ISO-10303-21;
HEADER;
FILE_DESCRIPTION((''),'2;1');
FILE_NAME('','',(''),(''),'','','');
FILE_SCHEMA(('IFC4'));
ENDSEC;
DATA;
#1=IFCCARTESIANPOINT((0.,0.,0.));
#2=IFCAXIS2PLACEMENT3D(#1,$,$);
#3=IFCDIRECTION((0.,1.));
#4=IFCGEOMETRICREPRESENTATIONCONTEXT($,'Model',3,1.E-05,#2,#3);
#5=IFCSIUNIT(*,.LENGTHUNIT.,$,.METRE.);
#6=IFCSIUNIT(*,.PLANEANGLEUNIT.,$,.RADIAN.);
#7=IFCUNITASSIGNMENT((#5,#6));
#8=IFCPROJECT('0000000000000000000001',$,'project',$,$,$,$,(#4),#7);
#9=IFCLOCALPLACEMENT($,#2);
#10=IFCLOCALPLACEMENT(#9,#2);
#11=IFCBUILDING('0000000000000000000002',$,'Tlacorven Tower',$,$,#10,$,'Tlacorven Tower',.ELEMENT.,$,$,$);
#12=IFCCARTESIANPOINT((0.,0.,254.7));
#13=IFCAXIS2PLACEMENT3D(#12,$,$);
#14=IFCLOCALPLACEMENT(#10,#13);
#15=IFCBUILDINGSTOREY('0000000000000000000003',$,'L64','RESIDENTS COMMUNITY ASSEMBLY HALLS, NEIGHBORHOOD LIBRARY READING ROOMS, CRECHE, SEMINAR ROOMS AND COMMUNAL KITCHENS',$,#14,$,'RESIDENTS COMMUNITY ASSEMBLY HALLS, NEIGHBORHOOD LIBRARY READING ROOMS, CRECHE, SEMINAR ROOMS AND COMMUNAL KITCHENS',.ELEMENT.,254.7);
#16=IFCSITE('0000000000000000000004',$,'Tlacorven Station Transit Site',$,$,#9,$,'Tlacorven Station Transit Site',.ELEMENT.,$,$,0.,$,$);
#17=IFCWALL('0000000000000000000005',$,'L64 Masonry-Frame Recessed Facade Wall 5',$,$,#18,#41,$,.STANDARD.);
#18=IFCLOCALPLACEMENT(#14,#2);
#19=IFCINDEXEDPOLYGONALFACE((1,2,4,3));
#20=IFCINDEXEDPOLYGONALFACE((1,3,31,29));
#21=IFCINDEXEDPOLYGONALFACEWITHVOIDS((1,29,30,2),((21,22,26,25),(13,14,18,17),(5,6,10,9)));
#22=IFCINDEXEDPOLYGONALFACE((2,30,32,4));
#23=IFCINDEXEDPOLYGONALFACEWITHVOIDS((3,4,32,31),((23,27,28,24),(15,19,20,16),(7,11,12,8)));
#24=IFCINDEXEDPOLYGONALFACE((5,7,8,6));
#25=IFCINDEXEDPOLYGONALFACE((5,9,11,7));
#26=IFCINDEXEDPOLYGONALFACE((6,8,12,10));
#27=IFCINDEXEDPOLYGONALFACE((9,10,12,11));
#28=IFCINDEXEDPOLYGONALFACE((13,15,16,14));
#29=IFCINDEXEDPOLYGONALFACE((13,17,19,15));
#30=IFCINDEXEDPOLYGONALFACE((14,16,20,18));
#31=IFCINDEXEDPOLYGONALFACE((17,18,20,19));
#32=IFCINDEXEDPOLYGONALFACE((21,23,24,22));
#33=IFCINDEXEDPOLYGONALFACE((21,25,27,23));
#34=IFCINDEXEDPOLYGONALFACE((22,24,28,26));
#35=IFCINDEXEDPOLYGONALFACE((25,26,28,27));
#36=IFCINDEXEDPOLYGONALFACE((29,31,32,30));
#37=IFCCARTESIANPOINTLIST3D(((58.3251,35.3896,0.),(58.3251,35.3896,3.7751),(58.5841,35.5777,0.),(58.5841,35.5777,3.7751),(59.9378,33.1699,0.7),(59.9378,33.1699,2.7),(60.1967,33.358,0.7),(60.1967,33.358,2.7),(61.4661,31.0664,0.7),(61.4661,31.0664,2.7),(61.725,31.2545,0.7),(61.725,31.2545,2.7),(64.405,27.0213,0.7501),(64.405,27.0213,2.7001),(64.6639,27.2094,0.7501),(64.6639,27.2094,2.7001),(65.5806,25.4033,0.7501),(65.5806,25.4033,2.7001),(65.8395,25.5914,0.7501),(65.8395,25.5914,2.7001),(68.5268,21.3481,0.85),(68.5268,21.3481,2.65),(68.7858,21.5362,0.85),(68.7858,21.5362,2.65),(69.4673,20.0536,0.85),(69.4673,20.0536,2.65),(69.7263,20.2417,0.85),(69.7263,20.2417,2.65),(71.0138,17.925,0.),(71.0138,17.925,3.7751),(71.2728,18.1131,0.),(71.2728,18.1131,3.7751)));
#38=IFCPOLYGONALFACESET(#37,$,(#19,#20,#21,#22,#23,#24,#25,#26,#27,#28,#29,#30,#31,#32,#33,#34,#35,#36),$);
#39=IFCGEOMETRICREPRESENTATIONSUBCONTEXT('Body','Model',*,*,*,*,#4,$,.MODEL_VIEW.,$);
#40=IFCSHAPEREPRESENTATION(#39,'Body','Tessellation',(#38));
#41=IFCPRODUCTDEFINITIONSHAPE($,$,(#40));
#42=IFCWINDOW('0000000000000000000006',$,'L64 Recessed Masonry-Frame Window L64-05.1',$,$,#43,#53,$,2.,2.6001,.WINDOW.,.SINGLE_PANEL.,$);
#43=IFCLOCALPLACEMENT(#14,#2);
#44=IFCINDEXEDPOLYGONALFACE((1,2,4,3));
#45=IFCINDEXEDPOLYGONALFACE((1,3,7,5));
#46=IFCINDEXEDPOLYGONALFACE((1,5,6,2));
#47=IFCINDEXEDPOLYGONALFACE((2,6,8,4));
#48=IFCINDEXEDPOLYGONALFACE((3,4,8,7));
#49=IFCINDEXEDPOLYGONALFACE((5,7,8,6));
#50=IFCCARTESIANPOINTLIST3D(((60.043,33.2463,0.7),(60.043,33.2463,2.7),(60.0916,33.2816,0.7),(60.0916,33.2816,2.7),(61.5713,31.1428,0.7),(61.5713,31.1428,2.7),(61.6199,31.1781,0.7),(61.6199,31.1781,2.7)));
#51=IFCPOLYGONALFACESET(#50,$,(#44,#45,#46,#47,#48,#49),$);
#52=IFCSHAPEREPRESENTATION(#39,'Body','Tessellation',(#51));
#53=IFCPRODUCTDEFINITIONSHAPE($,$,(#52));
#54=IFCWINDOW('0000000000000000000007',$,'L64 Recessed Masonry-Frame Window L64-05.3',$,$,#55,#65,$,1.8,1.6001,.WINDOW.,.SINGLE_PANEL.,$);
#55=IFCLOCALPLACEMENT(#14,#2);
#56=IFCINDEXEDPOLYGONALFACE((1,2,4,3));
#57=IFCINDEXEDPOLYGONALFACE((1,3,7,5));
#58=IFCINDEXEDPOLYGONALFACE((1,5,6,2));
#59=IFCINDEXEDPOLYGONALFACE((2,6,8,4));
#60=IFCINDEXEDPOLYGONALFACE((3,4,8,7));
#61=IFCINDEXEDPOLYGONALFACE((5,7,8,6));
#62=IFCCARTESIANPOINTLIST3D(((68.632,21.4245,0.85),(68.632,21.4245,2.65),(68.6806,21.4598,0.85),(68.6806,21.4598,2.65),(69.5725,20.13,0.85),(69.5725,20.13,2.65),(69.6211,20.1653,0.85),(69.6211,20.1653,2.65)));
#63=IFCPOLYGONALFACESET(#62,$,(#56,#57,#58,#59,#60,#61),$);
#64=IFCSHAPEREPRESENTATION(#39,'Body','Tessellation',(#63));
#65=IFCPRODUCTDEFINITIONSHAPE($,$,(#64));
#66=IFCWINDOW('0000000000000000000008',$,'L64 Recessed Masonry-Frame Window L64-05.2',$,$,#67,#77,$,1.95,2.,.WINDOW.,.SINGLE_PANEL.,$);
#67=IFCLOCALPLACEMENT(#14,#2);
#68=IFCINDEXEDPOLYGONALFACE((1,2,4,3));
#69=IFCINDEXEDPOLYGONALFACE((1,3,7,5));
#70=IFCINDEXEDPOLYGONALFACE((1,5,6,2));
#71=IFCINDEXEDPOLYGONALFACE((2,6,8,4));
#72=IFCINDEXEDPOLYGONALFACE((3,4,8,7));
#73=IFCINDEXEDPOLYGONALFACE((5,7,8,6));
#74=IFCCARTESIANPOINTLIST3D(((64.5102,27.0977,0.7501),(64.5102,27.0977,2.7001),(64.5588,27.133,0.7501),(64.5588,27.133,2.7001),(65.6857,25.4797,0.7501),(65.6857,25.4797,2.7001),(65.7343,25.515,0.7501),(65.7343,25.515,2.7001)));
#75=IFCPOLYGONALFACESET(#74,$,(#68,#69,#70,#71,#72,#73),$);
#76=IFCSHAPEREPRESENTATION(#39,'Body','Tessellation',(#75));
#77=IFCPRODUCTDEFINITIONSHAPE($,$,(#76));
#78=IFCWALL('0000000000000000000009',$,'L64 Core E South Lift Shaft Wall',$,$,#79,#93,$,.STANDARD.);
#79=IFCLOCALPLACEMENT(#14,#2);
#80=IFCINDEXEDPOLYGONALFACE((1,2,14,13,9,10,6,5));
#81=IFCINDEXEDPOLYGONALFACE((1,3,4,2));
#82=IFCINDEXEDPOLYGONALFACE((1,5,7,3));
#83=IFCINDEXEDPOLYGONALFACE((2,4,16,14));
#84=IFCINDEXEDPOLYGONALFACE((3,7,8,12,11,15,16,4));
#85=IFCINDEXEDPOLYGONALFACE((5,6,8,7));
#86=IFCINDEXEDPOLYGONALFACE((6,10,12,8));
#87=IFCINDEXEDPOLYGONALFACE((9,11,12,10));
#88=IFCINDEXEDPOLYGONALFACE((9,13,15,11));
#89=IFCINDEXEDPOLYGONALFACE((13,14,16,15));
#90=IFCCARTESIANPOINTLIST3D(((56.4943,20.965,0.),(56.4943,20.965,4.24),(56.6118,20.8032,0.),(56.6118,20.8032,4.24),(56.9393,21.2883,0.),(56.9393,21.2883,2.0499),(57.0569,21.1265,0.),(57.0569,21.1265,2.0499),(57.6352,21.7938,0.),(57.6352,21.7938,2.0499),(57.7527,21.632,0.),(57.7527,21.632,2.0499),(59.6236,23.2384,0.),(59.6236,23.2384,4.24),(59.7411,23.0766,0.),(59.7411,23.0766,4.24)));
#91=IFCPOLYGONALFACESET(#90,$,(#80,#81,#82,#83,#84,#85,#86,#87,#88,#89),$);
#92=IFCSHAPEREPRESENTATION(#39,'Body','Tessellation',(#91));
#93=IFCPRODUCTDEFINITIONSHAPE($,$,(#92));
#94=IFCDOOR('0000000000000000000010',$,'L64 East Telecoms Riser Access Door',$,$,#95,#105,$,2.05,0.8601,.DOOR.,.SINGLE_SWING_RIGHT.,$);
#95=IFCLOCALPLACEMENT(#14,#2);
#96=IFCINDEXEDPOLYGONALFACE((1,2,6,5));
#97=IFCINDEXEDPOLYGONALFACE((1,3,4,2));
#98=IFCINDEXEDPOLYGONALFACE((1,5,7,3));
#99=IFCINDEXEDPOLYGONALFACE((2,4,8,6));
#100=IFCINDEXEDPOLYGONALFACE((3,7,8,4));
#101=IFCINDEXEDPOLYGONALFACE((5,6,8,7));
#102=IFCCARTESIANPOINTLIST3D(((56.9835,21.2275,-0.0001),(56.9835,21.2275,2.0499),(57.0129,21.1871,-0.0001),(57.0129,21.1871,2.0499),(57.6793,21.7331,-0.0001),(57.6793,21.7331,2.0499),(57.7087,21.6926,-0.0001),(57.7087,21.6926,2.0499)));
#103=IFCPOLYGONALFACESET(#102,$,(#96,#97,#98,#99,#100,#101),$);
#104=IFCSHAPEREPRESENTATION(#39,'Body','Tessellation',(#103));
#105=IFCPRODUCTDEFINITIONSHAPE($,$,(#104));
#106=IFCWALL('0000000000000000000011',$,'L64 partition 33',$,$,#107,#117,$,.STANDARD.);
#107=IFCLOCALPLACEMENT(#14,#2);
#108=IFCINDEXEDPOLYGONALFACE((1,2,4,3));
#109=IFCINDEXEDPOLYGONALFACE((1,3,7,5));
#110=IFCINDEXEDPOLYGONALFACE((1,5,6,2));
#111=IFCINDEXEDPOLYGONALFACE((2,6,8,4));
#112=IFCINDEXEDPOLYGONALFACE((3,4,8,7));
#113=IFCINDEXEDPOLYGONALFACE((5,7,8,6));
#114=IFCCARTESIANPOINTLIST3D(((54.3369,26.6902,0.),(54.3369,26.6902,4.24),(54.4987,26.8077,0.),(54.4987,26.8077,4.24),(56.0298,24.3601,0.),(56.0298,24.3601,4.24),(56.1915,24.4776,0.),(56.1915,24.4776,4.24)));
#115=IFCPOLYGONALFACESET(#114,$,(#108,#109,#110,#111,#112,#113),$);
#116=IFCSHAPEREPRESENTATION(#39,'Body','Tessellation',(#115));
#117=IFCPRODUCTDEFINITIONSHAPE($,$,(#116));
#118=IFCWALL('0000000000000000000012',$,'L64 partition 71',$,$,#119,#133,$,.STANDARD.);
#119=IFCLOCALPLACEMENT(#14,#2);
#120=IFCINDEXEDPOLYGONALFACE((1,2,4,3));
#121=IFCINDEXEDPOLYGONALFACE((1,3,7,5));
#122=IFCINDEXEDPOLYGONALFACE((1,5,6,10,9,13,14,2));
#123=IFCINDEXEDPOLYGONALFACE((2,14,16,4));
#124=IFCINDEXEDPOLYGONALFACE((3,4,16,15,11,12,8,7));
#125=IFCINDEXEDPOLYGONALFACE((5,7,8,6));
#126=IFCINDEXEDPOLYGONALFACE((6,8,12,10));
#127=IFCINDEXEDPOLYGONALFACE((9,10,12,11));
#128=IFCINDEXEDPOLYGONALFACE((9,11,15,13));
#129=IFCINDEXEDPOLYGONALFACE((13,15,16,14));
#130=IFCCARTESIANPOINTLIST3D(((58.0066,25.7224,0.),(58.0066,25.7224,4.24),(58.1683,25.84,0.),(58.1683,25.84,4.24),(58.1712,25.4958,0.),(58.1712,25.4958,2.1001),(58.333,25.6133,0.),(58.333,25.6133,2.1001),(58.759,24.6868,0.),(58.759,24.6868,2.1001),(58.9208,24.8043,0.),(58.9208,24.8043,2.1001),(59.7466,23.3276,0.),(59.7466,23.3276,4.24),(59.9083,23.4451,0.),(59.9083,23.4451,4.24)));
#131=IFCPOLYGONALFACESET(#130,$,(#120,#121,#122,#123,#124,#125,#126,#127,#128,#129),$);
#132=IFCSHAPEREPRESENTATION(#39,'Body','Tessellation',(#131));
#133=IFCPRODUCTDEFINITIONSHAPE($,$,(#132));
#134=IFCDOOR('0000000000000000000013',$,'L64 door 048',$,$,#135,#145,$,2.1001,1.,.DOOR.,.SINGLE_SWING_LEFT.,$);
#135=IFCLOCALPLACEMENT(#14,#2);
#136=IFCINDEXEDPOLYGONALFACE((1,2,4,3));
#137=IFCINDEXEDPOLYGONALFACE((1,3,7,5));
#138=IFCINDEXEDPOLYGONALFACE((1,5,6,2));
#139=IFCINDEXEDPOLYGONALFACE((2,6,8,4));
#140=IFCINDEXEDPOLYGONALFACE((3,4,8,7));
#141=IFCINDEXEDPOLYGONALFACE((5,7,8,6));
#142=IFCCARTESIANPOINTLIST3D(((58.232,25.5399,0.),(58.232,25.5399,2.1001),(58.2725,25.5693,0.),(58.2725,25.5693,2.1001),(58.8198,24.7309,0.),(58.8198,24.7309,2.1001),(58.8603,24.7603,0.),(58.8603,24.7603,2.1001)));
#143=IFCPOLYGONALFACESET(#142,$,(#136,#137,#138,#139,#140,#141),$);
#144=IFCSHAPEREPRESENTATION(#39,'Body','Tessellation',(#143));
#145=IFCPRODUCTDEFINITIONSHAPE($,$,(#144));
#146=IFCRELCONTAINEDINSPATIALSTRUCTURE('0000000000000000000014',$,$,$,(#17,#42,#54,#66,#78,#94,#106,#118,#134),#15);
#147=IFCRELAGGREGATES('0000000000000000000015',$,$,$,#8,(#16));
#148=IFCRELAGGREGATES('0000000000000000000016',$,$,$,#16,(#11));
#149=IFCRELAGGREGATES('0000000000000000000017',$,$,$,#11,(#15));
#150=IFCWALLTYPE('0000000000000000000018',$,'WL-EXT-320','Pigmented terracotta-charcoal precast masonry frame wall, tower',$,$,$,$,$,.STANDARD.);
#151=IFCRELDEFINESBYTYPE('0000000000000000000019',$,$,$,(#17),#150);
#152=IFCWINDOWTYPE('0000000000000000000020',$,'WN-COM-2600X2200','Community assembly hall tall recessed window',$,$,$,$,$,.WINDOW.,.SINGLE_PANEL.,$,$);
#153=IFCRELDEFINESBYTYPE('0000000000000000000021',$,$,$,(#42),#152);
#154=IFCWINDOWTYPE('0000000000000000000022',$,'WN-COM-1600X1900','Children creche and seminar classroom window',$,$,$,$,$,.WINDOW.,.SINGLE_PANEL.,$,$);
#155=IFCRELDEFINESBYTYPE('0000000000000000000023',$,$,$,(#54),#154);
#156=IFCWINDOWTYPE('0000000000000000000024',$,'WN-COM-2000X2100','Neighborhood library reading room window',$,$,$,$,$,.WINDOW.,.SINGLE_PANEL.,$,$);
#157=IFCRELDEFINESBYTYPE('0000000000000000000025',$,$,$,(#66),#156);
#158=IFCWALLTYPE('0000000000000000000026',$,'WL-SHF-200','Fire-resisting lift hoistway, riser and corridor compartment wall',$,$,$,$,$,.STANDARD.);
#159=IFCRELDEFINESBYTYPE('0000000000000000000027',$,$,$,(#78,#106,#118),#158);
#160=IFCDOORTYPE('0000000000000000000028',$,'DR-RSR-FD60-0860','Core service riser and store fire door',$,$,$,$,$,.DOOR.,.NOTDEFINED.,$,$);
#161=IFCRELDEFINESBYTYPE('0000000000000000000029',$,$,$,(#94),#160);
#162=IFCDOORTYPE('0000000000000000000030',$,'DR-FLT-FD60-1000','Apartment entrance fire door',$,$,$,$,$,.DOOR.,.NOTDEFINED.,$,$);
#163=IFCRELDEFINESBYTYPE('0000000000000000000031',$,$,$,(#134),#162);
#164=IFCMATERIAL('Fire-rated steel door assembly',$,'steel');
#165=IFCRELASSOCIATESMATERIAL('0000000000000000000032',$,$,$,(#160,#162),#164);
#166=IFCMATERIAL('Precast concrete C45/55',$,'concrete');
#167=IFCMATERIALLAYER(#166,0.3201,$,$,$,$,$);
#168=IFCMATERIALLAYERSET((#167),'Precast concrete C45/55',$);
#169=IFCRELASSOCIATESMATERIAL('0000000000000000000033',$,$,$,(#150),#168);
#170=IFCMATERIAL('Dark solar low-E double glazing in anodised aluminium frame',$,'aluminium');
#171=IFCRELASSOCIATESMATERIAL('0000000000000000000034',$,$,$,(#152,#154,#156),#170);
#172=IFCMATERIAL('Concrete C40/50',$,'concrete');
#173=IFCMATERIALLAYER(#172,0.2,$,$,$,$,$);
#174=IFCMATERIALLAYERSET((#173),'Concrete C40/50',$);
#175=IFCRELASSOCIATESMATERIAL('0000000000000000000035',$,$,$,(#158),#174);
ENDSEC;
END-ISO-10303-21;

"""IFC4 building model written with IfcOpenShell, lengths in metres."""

from ifc_helpers import new_model, si_unit, direction, frame, frame_2d, origin, place, context, subcontext, project, spatial, rectangle, extrude, source, transform, mapped, material, layer, layer_set, type_object, element, fill, save


model = new_model("IFC4")

# Units and contexts
model_context = context("Model", 3, precision=1e-05, world=origin(), true_north=direction((0.0, 1.0)))
body_context = subcontext(model_context, "Body", "Model", "MODEL_VIEW")
ifc_project = project(units=[si_unit("LENGTHUNIT", "METRE"), si_unit("PLANEANGLEUNIT", "RADIAN")], contexts=[model_context])

# Site, building, storey
site_placement = place(None, origin())
site = spatial("IfcSite", under=ifc_project, at=site_placement, Name="Tlacorven Station Transit Site", LongName="Tlacorven Station Transit Site", CompositionType="ELEMENT", RefElevation=0.0)
building_placement = place(site_placement, origin())
building = spatial("IfcBuilding", under=site, at=building_placement, Name="Tlacorven Tower", LongName="Tlacorven Tower", CompositionType="ELEMENT")
storey_placement = place(building_placement, frame((0.0, 0.0, 254.7)))
storey = spatial("IfcBuildingStorey", under=building, at=storey_placement, Name="L64", Description="RESIDENTS COMMUNITY ASSEMBLY HALLS, NEIGHBORHOOD LIBRARY READING ROOMS, CRECHE, SEMINAR ROOMS AND COMMUNAL KITCHENS", LongName="RESIDENTS COMMUNITY ASSEMBLY HALLS, NEIGHBORHOOD LIBRARY READING ROOMS, CRECHE, SEMINAR ROOMS AND COMMUNAL KITCHENS", CompositionType="ELEMENT", Elevation=254.7)

# Shared definitions
ifc_material_1 = material(Name="Fire-rated steel door assembly", Category="steel")
door_type_1 = type_object("IfcDoorType", Name="DR-RSR-FD60-0860", Description="Core service riser and store fire door", OperationType="NOTDEFINED", PredefinedType="DOOR", material=ifc_material_1)
shared_shape_1 = source(origin(), body_context, "Body", "SweptSolid", [
    extrude(rectangle(XDim=0.8601, YDim=2.05, at=frame_2d((0.4302, 1.0249))), frame((0.0, 0.0249, 0.0), z_axis=(0.0, -1.0, 0.0), x_axis=(1.0, 0.0, 0.0)), (0.0, 0.0, 1.0), 0.05),
])

# Wall, openings, windows
ifc_material_2 = material(Name="Precast concrete C45/55", Category="concrete")
ifc_layer_1 = layer(ifc_material_2, 0.3201)
ifc_layer_set_1 = layer_set([ifc_layer_1], Name="Precast concrete C45/55")
wall_type_1 = type_object("IfcWallType", Name="WL-EXT-320", Description="Pigmented terracotta-charcoal precast masonry frame wall, tower", PredefinedType="STANDARD", material=ifc_layer_set_1)
wall_1_placement = place(storey_placement, frame((58.4546, 35.4836, 0.0), z_axis=(0.0, 0.0, 1.0), x_axis=(0.587784, -0.809018, 0.0)))
wall_1 = element("IfcWall", 1, at=wall_1_placement, inside=storey, type_object=wall_type_1, Name="L64 Masonry-Frame Recessed Facade Wall 5", PredefinedType="STANDARD", context=body_context, shape_type="SweptSolid", body=[
    extrude(rectangle(XDim=21.5874, YDim=0.3201, at=frame_2d((10.7937, 0.0))), origin(), (0.0, 0.0, 1.0), 3.7751),
])
opening_1_placement = place(wall_1_placement, frame((2.7437, 0.0, 0.7)))
opening_1 = element("IfcOpeningElement", 2, at=opening_1_placement, cuts=wall_1, PredefinedType="OPENING", context=body_context, shape_type="SweptSolid", body=[
    extrude(rectangle(XDim=2.6001, YDim=2.0, at=frame_2d((1.3, 1.0))), frame((0.0, 0.1699, 0.0), z_axis=(0.0, -1.0, 0.0), x_axis=(1.0, 0.0, 0.0)), (0.0, 0.0, 1.0), 0.3401),
])
opening_2_placement = place(wall_1_placement, frame((10.3438, 0.0, 0.75)))
opening_2 = element("IfcOpeningElement", 3, at=opening_2_placement, cuts=wall_1, PredefinedType="OPENING", context=body_context, shape_type="SweptSolid", body=[
    extrude(rectangle(XDim=2.0, YDim=1.95, at=frame_2d((1.0, 0.9751))), frame((0.0, 0.1699, 0.0), z_axis=(0.0, -1.0, 0.0), x_axis=(1.0, 0.0, 0.0)), (0.0, 0.0, 1.0), 0.3401),
])
opening_3_placement = place(wall_1_placement, frame((17.3562, 0.0, 0.8501)))
opening_3 = element("IfcOpeningElement", 4, at=opening_3_placement, cuts=wall_1, PredefinedType="OPENING", context=body_context, shape_type="SweptSolid", body=[
    extrude(rectangle(XDim=1.6001, YDim=1.8, at=frame_2d((0.8, 0.8999))), frame((0.0, 0.1699, 0.0), z_axis=(0.0, -1.0, 0.0), x_axis=(1.0, 0.0, 0.0)), (0.0, 0.0, 1.0), 0.3401),
])
ifc_material_3 = material(Name="Dark solar low-E double glazing in anodised aluminium frame", Category="aluminium")
window_type_1 = type_object("IfcWindowType", Name="WN-COM-2600X2200", Description="Community assembly hall tall recessed window", PartitioningType="SINGLE_PANEL", PredefinedType="WINDOW", material=ifc_material_3)
shared_shape_2 = source(origin(), body_context, "Body", "SweptSolid", [
    extrude(rectangle(XDim=2.6001, YDim=2.0, at=frame_2d((1.3, 1.0))), frame((0.0, 0.03, 0.0), z_axis=(0.0, -1.0, 0.0), x_axis=(1.0, 0.0, 0.0)), (0.0, 0.0, 1.0), 0.0601),
])
window_1_placement = place(opening_1_placement, origin())
window_1 = element("IfcWindow", 5, at=window_1_placement, inside=storey, type_object=window_type_1, Name="L64 Recessed Masonry-Frame Window L64-05.1", OverallHeight=2.0, OverallWidth=2.6001, PartitioningType="SINGLE_PANEL", PredefinedType="WINDOW", context=body_context, shape_type="MappedRepresentation", body=[
    mapped(shared_shape_2, transform((0.0, 0.0, 0.0), scale=1.0)),
])
fill(opening_1, window_1)
window_type_2 = type_object("IfcWindowType", Name="WN-COM-1600X1900", Description="Children creche and seminar classroom window", PartitioningType="SINGLE_PANEL", PredefinedType="WINDOW", material=ifc_material_3)
shared_shape_3 = source(origin(), body_context, "Body", "SweptSolid", [
    extrude(rectangle(XDim=1.6001, YDim=1.8, at=frame_2d((0.8, 0.8999))), frame((0.0, 0.03, 0.0), z_axis=(0.0, -1.0, 0.0), x_axis=(1.0, 0.0, 0.0)), (0.0, 0.0, 1.0), 0.0601),
])
window_2_placement = place(opening_3_placement, origin())
window_2 = element("IfcWindow", 6, at=window_2_placement, inside=storey, type_object=window_type_2, Name="L64 Recessed Masonry-Frame Window L64-05.3", OverallHeight=1.8, OverallWidth=1.6001, PartitioningType="SINGLE_PANEL", PredefinedType="WINDOW", context=body_context, shape_type="MappedRepresentation", body=[
    mapped(shared_shape_3, transform((0.0, 0.0, 0.0), scale=1.0)),
])
fill(opening_3, window_2)
window_type_3 = type_object("IfcWindowType", Name="WN-COM-2000X2100", Description="Neighborhood library reading room window", PartitioningType="SINGLE_PANEL", PredefinedType="WINDOW", material=ifc_material_3)
shared_shape_4 = source(origin(), body_context, "Body", "SweptSolid", [
    extrude(rectangle(XDim=2.0, YDim=1.95, at=frame_2d((1.0, 0.9751))), frame((0.0, 0.03, 0.0), z_axis=(0.0, -1.0, 0.0), x_axis=(1.0, 0.0, 0.0)), (0.0, 0.0, 1.0), 0.0601),
])
window_3_placement = place(opening_2_placement, origin())
window_3 = element("IfcWindow", 7, at=window_3_placement, inside=storey, type_object=window_type_3, Name="L64 Recessed Masonry-Frame Window L64-05.2", OverallHeight=1.95, OverallWidth=2.0, PartitioningType="SINGLE_PANEL", PredefinedType="WINDOW", context=body_context, shape_type="MappedRepresentation", body=[
    mapped(shared_shape_4, transform((0.0, 0.0, 0.0), scale=1.0)),
])
fill(opening_2, window_3)

# Wall, opening, door
ifc_material_4 = material(Name="Concrete C40/50", Category="concrete")
ifc_layer_2 = layer(ifc_material_4, 0.2)
ifc_layer_set_2 = layer_set([ifc_layer_2], Name="Concrete C40/50")
wall_type_2 = type_object("IfcWallType", Name="WL-SHF-200", Description="Fire-resisting lift hoistway, riser and corridor compartment wall", PredefinedType="STANDARD", material=ifc_layer_set_2)
wall_2_placement = place(storey_placement, frame((56.553, 20.884, 0.0), z_axis=(0.0, 0.0, 1.0), x_axis=(0.809042, 0.587751, 0.0)))
wall_2 = element("IfcWall", 8, at=wall_2_placement, inside=storey, type_object=wall_type_2, Name="L64 Core E South Lift Shaft Wall", PredefinedType="STANDARD", context=body_context, shape_type="SweptSolid", body=[
    extrude(rectangle(XDim=3.8679, YDim=0.2, at=frame_2d((1.9341, 0.0))), origin(), (0.0, 0.0, 1.0), 4.24),
])
opening_4_placement = place(wall_2_placement, frame((0.55, 0.0, 0.0)))
opening_4 = element("IfcOpeningElement", 9, at=opening_4_placement, cuts=wall_2, PredefinedType="OPENING", context=body_context, shape_type="SweptSolid", body=[
    extrude(rectangle(XDim=0.8601, YDim=2.05, at=frame_2d((0.4302, 1.0249))), frame((0.0, 0.1099, 0.0), z_axis=(0.0, -1.0, 0.0), x_axis=(1.0, 0.0, 0.0)), (0.0, 0.0, 1.0), 0.22),
])
door_1_placement = place(opening_4_placement, origin())
door_1 = element("IfcDoor", 10, at=door_1_placement, inside=storey, type_object=door_type_1, Name="L64 East Telecoms Riser Access Door", OperationType="SINGLE_SWING_RIGHT", OverallHeight=2.05, OverallWidth=0.8601, PredefinedType="DOOR", context=body_context, shape_type="MappedRepresentation", body=[
    mapped(shared_shape_1, transform((0.0, 0.0, 0.0), scale=1.0)),
])
fill(opening_4, door_1)

# Wall
wall_3_placement = place(storey_placement, frame((56.1106, 24.4189, 0.0), z_axis=(0.0, 0.0, 1.0), x_axis=(-0.587778, 0.809022, 0.0)))
element("IfcWall", 11, at=wall_3_placement, inside=storey, type_object=wall_type_2, Name="L64 partition 33", PredefinedType="STANDARD", context=body_context, shape_type="SweptSolid", body=[
    extrude(rectangle(XDim=2.8801, YDim=0.2, at=frame_2d((1.4399, 0.0))), origin(), (0.0, 0.0, 1.0), 4.24),
])

# Wall, opening, door
wall_4_placement = place(storey_placement, frame((59.8274, 23.3865, 0.0), z_axis=(0.0, 0.0, 1.0), x_axis=(-0.587804, 0.809003, 0.0)))
wall_4 = element("IfcWall", 12, at=wall_4_placement, inside=storey, type_object=wall_type_2, Name="L64 partition 71", PredefinedType="STANDARD", context=body_context, shape_type="SweptSolid", body=[
    extrude(rectangle(XDim=2.9602, YDim=0.2, at=frame_2d((1.48, 0.0))), origin(), (0.0, 0.0, 1.0), 4.24),
])
opening_5_placement = place(wall_4_placement, frame((1.6799, 0.0, 0.0)))
opening_5 = element("IfcOpeningElement", 13, at=opening_5_placement, cuts=wall_4, PredefinedType="OPENING", context=body_context, shape_type="SweptSolid", body=[
    extrude(rectangle(XDim=1.0, YDim=2.1001, at=frame_2d((0.5, 1.05))), frame((0.0, 0.1099, 0.0), z_axis=(0.0, -1.0, 0.0), x_axis=(1.0, 0.0, 0.0)), (0.0, 0.0, 1.0), 0.22),
])
door_type_2 = type_object("IfcDoorType", Name="DR-FLT-FD60-1000", Description="Apartment entrance fire door", OperationType="NOTDEFINED", PredefinedType="DOOR", material=ifc_material_1)
shared_shape_5 = source(origin(), body_context, "Body", "SweptSolid", [
    extrude(rectangle(XDim=1.0, YDim=2.1001, at=frame_2d((0.5, 1.05))), frame((0.0, 0.0249, 0.0), z_axis=(0.0, -1.0, 0.0), x_axis=(1.0, 0.0, 0.0)), (0.0, 0.0, 1.0), 0.05),
])
door_2_placement = place(opening_5_placement, origin())
door_2 = element("IfcDoor", 14, at=door_2_placement, inside=storey, type_object=door_type_2, Name="L64 door 048", OperationType="SINGLE_SWING_LEFT", OverallHeight=2.1001, OverallWidth=1.0, PredefinedType="DOOR", context=body_context, shape_type="MappedRepresentation", body=[
    mapped(shared_shape_5, transform((0.0, 0.0, 0.0), scale=1.0)),
])
fill(opening_5, door_2)

save(model, "model.ifc")
